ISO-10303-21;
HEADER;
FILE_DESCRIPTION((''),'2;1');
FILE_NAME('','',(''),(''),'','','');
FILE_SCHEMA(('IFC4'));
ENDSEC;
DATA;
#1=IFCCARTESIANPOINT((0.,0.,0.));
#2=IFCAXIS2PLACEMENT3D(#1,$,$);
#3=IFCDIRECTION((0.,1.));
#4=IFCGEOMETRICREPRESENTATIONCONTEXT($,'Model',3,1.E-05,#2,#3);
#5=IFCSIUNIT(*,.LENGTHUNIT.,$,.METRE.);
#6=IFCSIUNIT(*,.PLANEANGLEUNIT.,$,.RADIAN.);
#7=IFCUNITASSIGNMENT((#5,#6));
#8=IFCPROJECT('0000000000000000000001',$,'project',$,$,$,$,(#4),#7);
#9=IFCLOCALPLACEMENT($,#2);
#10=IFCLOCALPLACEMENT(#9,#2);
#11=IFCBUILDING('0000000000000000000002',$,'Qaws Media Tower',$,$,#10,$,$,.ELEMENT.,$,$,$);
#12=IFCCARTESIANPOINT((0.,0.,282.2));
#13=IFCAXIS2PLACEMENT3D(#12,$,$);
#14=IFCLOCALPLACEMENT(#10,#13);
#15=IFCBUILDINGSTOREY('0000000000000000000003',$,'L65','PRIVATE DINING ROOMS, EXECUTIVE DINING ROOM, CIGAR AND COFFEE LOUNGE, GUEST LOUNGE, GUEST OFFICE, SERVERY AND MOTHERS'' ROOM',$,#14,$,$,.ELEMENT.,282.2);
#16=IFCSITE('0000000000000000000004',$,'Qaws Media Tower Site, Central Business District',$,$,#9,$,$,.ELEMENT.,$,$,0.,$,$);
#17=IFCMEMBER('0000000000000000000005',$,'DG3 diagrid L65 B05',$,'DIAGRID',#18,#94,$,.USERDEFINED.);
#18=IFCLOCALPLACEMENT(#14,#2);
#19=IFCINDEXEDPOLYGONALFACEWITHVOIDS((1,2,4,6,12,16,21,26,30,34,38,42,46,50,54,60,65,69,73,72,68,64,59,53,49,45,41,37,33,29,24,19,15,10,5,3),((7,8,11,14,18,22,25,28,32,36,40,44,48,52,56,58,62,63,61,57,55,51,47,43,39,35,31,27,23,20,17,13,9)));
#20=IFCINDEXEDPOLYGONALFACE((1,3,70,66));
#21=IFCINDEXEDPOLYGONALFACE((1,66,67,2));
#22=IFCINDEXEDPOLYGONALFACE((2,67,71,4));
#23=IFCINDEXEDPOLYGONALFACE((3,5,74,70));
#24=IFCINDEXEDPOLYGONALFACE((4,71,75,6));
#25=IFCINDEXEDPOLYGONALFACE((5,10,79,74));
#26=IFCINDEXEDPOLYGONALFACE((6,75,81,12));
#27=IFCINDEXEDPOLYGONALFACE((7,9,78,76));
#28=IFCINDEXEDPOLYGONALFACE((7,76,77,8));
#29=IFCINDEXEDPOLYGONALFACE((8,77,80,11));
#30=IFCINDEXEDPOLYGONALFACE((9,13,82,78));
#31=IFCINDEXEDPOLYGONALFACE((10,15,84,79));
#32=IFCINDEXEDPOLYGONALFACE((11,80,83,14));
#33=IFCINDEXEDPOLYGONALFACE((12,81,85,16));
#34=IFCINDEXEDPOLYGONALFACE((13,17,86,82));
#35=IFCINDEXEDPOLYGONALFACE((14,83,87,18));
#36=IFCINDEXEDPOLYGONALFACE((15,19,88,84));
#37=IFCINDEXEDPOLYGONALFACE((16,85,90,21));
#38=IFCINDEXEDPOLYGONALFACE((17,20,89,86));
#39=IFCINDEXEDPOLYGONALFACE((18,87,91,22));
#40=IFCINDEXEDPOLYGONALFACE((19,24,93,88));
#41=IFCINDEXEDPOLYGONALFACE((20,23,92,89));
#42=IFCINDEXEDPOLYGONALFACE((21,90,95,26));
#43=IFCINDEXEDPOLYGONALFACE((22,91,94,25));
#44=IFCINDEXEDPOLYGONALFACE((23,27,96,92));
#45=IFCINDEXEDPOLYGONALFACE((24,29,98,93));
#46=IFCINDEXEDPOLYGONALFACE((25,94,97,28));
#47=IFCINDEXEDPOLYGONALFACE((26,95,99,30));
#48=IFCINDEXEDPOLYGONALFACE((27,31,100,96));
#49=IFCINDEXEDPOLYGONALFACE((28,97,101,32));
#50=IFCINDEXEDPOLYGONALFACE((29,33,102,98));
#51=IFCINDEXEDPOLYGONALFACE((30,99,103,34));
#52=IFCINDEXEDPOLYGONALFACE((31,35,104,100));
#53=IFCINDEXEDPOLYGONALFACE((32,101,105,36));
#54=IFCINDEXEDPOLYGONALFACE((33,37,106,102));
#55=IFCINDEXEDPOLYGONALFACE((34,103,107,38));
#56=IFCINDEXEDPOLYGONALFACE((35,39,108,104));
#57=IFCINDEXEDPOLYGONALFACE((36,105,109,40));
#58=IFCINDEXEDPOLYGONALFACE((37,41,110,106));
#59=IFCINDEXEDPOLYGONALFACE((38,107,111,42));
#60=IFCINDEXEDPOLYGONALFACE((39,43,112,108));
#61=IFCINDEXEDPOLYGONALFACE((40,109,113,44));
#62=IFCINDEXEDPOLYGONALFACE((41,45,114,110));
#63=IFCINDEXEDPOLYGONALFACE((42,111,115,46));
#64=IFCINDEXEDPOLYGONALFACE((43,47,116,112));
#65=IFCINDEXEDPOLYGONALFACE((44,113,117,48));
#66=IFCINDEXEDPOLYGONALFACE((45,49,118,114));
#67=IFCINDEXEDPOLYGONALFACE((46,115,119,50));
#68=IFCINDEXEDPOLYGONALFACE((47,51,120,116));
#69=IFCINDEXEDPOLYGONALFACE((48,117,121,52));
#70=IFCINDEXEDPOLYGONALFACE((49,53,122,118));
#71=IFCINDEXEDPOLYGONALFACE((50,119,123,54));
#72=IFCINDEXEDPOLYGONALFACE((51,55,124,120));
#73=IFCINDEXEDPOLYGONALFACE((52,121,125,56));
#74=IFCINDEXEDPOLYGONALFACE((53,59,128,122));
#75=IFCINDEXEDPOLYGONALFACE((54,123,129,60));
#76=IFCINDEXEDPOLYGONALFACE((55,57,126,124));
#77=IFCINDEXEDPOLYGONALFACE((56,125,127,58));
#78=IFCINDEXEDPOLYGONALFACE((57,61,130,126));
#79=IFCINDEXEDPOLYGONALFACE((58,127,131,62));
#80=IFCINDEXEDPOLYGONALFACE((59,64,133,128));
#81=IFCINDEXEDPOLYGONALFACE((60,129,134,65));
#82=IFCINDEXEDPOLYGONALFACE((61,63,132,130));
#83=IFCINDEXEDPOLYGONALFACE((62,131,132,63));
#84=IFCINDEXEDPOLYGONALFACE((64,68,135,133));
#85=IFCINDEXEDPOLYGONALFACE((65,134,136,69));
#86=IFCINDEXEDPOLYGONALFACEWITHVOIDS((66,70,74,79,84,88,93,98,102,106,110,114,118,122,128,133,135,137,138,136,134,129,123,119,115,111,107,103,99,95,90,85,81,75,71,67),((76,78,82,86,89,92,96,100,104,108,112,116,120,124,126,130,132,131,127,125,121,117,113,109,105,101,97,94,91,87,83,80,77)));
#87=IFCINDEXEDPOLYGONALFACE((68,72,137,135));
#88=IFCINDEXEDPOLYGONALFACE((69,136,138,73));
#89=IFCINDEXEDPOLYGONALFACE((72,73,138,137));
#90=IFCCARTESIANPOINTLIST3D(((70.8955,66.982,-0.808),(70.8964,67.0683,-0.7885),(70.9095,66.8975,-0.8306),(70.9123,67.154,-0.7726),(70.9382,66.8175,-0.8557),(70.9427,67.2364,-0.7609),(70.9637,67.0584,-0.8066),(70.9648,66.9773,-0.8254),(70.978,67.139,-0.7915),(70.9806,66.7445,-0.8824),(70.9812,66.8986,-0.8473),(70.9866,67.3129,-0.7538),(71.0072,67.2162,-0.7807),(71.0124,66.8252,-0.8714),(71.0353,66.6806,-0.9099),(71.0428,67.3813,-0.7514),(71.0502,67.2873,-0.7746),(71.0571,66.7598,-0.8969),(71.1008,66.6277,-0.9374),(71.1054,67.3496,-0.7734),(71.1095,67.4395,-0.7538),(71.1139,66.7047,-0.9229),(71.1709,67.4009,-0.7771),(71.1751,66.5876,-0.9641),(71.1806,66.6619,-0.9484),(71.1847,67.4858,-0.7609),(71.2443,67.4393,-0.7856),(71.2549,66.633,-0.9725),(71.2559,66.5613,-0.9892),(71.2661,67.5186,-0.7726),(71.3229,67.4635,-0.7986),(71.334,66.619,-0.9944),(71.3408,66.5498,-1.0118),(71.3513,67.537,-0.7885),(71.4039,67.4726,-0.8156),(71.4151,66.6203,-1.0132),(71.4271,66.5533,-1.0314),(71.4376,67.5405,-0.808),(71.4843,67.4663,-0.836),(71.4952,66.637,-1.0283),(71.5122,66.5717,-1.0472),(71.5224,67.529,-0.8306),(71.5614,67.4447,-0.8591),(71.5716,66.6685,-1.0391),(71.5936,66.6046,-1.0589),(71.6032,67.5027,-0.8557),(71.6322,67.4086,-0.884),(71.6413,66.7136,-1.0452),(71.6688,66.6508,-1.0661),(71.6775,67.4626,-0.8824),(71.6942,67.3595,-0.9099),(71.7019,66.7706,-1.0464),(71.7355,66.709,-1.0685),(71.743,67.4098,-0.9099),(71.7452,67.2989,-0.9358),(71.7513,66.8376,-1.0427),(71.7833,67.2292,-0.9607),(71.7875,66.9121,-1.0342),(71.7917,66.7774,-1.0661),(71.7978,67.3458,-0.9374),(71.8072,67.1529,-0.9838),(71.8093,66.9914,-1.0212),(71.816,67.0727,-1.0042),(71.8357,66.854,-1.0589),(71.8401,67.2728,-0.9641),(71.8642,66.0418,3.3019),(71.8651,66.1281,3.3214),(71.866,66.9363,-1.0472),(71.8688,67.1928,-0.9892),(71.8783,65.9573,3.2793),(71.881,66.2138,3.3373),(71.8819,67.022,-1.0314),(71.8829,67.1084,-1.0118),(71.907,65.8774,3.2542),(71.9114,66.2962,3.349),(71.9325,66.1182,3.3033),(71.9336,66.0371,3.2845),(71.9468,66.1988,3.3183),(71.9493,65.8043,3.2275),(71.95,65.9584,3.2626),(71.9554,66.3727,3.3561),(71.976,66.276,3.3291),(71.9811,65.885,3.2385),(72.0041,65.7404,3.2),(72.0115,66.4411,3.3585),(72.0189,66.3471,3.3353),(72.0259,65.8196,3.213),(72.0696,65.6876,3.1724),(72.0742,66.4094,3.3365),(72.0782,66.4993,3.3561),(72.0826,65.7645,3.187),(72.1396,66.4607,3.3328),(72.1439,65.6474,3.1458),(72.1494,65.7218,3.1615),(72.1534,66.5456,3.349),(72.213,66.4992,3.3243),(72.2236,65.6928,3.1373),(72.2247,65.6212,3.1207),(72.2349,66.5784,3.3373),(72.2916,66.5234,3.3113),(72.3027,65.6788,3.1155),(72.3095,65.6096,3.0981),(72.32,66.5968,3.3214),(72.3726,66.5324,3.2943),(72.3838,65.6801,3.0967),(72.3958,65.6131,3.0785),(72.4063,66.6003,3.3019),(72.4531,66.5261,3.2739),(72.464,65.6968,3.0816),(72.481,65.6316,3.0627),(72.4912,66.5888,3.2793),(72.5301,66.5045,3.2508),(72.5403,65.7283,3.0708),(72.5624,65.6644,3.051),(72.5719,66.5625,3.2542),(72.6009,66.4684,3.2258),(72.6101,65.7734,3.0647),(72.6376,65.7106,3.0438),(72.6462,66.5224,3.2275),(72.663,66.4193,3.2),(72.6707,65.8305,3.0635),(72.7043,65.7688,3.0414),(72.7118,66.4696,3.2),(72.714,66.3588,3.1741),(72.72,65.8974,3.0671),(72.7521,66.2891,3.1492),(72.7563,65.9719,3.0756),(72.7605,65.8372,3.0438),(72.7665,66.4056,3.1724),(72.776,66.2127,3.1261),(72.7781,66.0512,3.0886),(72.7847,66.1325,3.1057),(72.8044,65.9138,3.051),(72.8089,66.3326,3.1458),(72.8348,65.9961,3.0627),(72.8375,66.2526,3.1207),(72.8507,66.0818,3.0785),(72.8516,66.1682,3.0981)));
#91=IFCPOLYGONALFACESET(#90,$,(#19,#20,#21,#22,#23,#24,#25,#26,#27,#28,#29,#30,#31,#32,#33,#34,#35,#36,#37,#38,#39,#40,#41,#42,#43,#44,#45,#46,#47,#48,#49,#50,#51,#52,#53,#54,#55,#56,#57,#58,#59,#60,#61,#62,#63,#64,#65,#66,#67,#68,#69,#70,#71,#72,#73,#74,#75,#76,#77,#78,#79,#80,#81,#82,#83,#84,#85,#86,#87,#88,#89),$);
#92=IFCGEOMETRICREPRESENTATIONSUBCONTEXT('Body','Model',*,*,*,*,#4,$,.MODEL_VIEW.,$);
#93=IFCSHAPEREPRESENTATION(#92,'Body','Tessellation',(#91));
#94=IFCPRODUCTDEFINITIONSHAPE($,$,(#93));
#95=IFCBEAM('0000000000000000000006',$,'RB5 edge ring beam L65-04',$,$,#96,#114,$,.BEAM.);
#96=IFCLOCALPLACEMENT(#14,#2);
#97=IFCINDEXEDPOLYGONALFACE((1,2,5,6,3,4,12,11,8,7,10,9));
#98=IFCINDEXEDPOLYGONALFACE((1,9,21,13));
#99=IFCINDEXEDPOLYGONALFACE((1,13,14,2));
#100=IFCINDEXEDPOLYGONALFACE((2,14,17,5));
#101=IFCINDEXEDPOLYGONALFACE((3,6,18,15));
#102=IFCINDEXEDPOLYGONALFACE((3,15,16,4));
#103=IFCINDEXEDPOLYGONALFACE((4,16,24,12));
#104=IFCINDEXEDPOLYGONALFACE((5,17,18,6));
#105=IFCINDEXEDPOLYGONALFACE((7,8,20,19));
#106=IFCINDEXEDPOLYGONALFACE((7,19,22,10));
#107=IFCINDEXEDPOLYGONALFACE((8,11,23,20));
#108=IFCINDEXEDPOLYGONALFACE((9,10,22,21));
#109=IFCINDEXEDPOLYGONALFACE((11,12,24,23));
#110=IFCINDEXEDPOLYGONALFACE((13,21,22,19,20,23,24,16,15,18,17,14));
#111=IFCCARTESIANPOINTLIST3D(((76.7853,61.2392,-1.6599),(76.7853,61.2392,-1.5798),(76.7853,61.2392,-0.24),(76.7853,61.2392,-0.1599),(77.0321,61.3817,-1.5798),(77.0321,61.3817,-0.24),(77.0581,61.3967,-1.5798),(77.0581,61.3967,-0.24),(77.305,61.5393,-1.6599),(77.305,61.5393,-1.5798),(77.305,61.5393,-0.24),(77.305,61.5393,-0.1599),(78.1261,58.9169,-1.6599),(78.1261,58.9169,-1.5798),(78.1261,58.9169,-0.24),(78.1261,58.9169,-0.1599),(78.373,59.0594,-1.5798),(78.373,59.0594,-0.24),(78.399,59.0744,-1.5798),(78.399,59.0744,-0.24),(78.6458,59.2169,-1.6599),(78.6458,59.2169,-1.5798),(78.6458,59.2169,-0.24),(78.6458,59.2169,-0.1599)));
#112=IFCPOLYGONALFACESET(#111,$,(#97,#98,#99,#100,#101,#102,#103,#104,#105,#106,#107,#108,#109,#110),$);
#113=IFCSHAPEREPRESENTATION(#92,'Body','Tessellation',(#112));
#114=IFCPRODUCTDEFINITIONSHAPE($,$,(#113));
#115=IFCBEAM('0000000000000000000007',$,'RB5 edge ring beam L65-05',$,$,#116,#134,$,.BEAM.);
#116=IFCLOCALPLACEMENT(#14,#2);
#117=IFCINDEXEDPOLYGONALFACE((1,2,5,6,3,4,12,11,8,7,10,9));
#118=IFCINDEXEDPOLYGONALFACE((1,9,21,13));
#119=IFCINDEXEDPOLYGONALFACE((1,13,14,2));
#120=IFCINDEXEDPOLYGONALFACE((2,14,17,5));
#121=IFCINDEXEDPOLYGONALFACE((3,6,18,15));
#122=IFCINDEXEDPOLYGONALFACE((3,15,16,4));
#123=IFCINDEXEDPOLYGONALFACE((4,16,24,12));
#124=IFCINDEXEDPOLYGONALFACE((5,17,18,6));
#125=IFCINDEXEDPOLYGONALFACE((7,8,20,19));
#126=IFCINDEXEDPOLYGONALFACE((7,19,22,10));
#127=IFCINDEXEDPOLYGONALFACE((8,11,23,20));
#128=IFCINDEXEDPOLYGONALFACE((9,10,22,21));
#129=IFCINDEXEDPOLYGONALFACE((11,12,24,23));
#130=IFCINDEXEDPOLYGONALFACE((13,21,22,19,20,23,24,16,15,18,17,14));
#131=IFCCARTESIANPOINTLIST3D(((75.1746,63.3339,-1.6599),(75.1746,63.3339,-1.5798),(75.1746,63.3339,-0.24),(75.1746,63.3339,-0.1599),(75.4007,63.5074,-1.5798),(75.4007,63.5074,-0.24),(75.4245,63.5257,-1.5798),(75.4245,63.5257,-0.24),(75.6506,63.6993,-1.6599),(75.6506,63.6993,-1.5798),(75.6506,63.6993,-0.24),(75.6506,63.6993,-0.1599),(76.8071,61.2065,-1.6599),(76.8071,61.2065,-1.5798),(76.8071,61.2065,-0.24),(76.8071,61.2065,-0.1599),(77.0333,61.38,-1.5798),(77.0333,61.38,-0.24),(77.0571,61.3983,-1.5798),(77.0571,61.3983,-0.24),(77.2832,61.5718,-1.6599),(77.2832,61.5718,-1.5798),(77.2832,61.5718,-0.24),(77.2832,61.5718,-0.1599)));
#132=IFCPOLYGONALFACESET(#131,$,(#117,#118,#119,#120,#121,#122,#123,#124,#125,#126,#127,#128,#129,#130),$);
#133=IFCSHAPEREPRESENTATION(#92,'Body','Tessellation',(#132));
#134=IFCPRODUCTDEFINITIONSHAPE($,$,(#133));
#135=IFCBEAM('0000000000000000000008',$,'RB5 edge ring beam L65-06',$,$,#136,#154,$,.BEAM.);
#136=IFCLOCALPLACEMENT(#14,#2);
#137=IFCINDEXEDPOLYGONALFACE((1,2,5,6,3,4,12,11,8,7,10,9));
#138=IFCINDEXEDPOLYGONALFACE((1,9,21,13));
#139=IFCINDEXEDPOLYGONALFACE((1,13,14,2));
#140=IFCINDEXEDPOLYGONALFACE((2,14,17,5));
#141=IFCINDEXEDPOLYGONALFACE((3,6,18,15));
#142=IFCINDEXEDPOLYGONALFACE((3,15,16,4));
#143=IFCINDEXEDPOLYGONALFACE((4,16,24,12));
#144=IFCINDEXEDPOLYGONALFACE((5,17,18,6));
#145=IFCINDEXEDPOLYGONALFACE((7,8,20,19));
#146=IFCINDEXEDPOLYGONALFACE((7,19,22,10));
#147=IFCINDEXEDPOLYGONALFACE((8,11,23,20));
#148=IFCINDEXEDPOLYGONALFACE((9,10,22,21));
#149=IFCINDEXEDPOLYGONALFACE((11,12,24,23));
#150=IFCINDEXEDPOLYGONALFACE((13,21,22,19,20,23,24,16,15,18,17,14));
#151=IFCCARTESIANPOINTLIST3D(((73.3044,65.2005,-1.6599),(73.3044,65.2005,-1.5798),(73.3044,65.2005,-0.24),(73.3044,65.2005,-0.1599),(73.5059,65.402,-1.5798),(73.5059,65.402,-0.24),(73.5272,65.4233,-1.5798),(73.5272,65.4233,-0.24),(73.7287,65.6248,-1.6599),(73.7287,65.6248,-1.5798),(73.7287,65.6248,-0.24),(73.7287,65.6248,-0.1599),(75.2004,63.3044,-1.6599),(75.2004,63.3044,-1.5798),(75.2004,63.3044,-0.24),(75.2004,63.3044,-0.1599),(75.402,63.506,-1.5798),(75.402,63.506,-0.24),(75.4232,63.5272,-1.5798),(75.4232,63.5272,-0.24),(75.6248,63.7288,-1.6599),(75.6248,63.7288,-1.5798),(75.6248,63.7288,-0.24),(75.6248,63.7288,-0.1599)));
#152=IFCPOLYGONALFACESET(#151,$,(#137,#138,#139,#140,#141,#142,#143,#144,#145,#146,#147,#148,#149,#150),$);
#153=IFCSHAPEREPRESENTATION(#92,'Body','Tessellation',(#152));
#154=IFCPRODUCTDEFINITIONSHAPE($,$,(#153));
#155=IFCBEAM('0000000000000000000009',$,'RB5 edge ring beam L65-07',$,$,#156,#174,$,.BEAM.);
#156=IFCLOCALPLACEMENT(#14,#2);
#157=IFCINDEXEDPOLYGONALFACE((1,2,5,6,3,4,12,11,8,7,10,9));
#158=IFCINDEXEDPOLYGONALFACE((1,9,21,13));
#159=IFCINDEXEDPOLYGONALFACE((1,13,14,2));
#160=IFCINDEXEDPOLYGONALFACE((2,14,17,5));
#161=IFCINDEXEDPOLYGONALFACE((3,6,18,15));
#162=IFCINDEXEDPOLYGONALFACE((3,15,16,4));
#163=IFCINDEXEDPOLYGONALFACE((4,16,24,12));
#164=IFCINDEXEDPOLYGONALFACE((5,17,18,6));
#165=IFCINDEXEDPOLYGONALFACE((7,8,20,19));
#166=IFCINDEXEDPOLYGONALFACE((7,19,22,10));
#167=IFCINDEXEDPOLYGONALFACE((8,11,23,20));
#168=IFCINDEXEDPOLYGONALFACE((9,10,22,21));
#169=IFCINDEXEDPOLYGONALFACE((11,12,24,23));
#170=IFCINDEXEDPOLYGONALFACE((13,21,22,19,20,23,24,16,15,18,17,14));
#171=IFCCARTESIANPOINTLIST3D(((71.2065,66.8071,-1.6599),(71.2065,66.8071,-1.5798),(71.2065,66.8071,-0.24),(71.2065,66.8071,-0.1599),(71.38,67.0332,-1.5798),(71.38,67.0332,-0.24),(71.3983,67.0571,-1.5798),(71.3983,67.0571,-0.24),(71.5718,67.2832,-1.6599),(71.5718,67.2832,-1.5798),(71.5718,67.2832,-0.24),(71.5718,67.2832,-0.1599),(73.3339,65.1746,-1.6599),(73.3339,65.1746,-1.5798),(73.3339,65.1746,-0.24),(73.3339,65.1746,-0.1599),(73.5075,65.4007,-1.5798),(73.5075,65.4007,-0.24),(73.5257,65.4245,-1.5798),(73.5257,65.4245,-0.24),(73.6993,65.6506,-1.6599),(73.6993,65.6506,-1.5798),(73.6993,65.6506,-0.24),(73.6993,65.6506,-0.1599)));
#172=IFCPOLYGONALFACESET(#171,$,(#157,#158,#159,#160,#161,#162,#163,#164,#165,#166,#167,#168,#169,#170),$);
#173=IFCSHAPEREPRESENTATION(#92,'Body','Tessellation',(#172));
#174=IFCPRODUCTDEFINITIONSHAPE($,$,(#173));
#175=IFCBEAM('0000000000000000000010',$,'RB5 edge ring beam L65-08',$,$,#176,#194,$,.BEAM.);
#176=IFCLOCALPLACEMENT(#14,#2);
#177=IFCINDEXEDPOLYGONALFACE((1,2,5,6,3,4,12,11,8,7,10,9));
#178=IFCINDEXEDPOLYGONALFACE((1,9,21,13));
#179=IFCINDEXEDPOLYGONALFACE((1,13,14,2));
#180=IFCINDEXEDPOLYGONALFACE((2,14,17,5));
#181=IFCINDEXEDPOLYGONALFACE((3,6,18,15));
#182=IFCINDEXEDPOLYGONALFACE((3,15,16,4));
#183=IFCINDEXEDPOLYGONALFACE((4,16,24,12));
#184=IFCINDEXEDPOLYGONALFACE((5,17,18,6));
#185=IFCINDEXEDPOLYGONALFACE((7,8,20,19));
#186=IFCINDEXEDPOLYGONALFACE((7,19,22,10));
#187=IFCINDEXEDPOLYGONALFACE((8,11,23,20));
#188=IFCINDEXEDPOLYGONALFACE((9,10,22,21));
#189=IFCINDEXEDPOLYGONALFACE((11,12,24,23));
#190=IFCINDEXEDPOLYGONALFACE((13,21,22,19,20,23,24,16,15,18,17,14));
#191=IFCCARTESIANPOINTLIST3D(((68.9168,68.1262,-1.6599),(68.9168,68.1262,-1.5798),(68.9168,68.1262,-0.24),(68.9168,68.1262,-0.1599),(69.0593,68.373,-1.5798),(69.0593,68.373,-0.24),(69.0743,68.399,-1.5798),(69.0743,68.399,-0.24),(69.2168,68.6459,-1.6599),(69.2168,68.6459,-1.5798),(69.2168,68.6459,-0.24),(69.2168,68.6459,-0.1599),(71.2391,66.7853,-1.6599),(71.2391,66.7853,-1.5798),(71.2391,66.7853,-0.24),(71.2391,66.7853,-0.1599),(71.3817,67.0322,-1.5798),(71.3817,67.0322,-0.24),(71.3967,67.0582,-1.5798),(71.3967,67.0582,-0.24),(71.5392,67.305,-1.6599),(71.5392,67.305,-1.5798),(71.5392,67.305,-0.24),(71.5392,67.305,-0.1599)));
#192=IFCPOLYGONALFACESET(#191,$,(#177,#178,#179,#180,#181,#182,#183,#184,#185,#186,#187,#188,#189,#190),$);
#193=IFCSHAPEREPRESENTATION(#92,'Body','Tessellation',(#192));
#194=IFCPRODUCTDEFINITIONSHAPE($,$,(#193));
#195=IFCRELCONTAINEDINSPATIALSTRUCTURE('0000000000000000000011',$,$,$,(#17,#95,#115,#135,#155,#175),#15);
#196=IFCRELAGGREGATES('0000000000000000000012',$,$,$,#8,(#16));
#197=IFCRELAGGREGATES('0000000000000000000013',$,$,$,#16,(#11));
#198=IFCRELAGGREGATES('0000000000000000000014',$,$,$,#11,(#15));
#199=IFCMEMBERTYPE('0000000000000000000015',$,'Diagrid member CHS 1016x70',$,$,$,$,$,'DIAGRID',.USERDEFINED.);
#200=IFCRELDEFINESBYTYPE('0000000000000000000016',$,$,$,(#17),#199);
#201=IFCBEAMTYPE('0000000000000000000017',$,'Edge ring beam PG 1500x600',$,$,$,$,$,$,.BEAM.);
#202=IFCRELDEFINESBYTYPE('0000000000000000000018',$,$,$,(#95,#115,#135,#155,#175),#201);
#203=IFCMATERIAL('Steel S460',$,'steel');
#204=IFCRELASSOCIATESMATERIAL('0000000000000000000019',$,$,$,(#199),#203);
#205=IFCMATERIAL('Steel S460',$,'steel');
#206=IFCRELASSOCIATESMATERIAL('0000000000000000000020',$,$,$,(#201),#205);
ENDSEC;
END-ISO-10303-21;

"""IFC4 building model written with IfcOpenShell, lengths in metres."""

from ifc_helpers import new_model, si_unit, direction, frame, origin, origin_2d, place, context, subcontext, project, spatial, hollow_circle, i_section, extrude, material, material_profile, profile_set, type_object, element, save


model = new_model("IFC4")

# Units and contexts
model_context = context("Model", 3, precision=1e-05, world=origin(), true_north=direction((0.0, 1.0)))
body_context = subcontext(model_context, "Body", "Model", "MODEL_VIEW")
ifc_project = project(units=[si_unit("LENGTHUNIT", "METRE"), si_unit("PLANEANGLEUNIT", "RADIAN")], contexts=[model_context])

# Site, building, storey
site_placement = place(None, origin())
site = spatial("IfcSite", under=ifc_project, at=site_placement, Name="Qaws Media Tower Site, Central Business District", CompositionType="ELEMENT", RefElevation=0.0)
building_placement = place(site_placement, origin())
building = spatial("IfcBuilding", under=site, at=building_placement, Name="Qaws Media Tower", CompositionType="ELEMENT")
storey_placement = place(building_placement, frame((0.0, 0.0, 282.2)))
storey = spatial("IfcBuildingStorey", under=building, at=storey_placement, Name="L65", Description="PRIVATE DINING ROOMS, EXECUTIVE DINING ROOM, CIGAR AND COFFEE LOUNGE, GUEST LOUNGE, GUEST OFFICE, SERVERY AND MOTHERS' ROOM", CompositionType="ELEMENT", Elevation=282.2)

# Member
ifc_material_1 = material(Name="Steel S460", Category="steel")
ifc_material_profile_1 = material_profile(ifc_material_1, hollow_circle(Radius=0.5081, WallThickness=0.0701, at=origin_2d()), Name="CHS 1016x70")
ifc_profile_set_1 = profile_set([ifc_material_profile_1], Name="Steel S460")
member_type_1 = type_object("IfcMemberType", Name="Diagrid member CHS 1016x70", ElementType="DIAGRID", PredefinedType="USERDEFINED", material=ifc_profile_set_1)
for number, where, z_axis, x_axis, name in (
    (1, (71.3892, 67.0452, -0.9099), (0.223942, -0.217339, 0.95006), (0.696448, 0.717607, 0.0), "DG3 diagrid L65 B05"),
):
    element("IfcMember", number, at=place(storey_placement, frame(where, z_axis=z_axis, x_axis=x_axis)), inside=storey, type_object=member_type_1, Name=name, ObjectType="DIAGRID", PredefinedType="USERDEFINED", context=body_context, shape_type="SweptSolid", body=[
        extrude(hollow_circle(Radius=0.5081, WallThickness=0.0701, at=origin_2d()), origin(), (0.0, 0.0, 1.0), 4.3259),
    ])

# Beams
ifc_material_2 = material(Name="Steel S460", Category="steel")
ifc_material_profile_2 = material_profile(ifc_material_2, i_section(OverallWidth=0.6001, OverallDepth=1.5, WebThickness=0.03, FlangeThickness=0.0801, at=origin_2d()), Name="PG 1500x600")
ifc_profile_set_2 = profile_set([ifc_material_profile_2], Name="Steel S460")
beam_type = type_object("IfcBeamType", Name="Edge ring beam PG 1500x600", PredefinedType="BEAM", material=ifc_profile_set_2)
for number, where, z_axis, x_axis, name in (
    (2, (78.386, 59.0669, -0.9099), (-0.500017, 0.866016, 0.0), (-0.866016, -0.500017, 0.0), "RB5 edge ring beam L65-04"),
    (3, (77.0452, 61.3892, -0.9099), (-0.608791, 0.793331, 0.0), (-0.793331, -0.608791, 0.0), "RB5 edge ring beam L65-05"),
):
    element("IfcBeam", number, at=place(storey_placement, frame(where, z_axis=z_axis, x_axis=x_axis)), inside=storey, type_object=beam_type, Name=name, PredefinedType="BEAM", context=body_context, shape_type="SweptSolid", body=[
        extrude(i_section(OverallWidth=0.6001, OverallDepth=1.5, WebThickness=0.03, FlangeThickness=0.0801, at=origin_2d()), origin(), (0.0, 0.0, 1.0), 2.6816),
    ])
beam_placement = place(storey_placement, frame((75.4126, 63.5166, -0.9099), z_axis=(-0.707107, 0.707107, 0.0), x_axis=(-0.707107, -0.707107, 0.0)))
element("IfcBeam", 4, at=beam_placement, inside=storey, type_object=beam_type, Name="RB5 edge ring beam L65-06", PredefinedType="BEAM", context=body_context, shape_type="SweptSolid", body=[
    extrude(i_section(OverallWidth=0.6001, OverallDepth=1.5, WebThickness=0.03, FlangeThickness=0.0801, at=origin_2d()), origin(), (0.0, 0.0, 1.0), 2.6814),
])
for number, where, z_axis, x_axis, name in (
    (5, (73.5166, 65.4126, -0.9099), (-0.793331, 0.608791, 0.0), (-0.608791, -0.793331, 0.0), "RB5 edge ring beam L65-07"),
    (6, (71.3892, 67.0452, -0.9099), (-0.866016, 0.500017, 0.0), (-0.500017, -0.866016, 0.0), "RB5 edge ring beam L65-08"),
):
    element("IfcBeam", number, at=place(storey_placement, frame(where, z_axis=z_axis, x_axis=x_axis)), inside=storey, type_object=beam_type, Name=name, PredefinedType="BEAM", context=body_context, shape_type="SweptSolid", body=[
        extrude(i_section(OverallWidth=0.6001, OverallDepth=1.5, WebThickness=0.03, FlangeThickness=0.0801, at=origin_2d()), origin(), (0.0, 0.0, 1.0), 2.6816),
    ])

save(model, "model.ifc")
